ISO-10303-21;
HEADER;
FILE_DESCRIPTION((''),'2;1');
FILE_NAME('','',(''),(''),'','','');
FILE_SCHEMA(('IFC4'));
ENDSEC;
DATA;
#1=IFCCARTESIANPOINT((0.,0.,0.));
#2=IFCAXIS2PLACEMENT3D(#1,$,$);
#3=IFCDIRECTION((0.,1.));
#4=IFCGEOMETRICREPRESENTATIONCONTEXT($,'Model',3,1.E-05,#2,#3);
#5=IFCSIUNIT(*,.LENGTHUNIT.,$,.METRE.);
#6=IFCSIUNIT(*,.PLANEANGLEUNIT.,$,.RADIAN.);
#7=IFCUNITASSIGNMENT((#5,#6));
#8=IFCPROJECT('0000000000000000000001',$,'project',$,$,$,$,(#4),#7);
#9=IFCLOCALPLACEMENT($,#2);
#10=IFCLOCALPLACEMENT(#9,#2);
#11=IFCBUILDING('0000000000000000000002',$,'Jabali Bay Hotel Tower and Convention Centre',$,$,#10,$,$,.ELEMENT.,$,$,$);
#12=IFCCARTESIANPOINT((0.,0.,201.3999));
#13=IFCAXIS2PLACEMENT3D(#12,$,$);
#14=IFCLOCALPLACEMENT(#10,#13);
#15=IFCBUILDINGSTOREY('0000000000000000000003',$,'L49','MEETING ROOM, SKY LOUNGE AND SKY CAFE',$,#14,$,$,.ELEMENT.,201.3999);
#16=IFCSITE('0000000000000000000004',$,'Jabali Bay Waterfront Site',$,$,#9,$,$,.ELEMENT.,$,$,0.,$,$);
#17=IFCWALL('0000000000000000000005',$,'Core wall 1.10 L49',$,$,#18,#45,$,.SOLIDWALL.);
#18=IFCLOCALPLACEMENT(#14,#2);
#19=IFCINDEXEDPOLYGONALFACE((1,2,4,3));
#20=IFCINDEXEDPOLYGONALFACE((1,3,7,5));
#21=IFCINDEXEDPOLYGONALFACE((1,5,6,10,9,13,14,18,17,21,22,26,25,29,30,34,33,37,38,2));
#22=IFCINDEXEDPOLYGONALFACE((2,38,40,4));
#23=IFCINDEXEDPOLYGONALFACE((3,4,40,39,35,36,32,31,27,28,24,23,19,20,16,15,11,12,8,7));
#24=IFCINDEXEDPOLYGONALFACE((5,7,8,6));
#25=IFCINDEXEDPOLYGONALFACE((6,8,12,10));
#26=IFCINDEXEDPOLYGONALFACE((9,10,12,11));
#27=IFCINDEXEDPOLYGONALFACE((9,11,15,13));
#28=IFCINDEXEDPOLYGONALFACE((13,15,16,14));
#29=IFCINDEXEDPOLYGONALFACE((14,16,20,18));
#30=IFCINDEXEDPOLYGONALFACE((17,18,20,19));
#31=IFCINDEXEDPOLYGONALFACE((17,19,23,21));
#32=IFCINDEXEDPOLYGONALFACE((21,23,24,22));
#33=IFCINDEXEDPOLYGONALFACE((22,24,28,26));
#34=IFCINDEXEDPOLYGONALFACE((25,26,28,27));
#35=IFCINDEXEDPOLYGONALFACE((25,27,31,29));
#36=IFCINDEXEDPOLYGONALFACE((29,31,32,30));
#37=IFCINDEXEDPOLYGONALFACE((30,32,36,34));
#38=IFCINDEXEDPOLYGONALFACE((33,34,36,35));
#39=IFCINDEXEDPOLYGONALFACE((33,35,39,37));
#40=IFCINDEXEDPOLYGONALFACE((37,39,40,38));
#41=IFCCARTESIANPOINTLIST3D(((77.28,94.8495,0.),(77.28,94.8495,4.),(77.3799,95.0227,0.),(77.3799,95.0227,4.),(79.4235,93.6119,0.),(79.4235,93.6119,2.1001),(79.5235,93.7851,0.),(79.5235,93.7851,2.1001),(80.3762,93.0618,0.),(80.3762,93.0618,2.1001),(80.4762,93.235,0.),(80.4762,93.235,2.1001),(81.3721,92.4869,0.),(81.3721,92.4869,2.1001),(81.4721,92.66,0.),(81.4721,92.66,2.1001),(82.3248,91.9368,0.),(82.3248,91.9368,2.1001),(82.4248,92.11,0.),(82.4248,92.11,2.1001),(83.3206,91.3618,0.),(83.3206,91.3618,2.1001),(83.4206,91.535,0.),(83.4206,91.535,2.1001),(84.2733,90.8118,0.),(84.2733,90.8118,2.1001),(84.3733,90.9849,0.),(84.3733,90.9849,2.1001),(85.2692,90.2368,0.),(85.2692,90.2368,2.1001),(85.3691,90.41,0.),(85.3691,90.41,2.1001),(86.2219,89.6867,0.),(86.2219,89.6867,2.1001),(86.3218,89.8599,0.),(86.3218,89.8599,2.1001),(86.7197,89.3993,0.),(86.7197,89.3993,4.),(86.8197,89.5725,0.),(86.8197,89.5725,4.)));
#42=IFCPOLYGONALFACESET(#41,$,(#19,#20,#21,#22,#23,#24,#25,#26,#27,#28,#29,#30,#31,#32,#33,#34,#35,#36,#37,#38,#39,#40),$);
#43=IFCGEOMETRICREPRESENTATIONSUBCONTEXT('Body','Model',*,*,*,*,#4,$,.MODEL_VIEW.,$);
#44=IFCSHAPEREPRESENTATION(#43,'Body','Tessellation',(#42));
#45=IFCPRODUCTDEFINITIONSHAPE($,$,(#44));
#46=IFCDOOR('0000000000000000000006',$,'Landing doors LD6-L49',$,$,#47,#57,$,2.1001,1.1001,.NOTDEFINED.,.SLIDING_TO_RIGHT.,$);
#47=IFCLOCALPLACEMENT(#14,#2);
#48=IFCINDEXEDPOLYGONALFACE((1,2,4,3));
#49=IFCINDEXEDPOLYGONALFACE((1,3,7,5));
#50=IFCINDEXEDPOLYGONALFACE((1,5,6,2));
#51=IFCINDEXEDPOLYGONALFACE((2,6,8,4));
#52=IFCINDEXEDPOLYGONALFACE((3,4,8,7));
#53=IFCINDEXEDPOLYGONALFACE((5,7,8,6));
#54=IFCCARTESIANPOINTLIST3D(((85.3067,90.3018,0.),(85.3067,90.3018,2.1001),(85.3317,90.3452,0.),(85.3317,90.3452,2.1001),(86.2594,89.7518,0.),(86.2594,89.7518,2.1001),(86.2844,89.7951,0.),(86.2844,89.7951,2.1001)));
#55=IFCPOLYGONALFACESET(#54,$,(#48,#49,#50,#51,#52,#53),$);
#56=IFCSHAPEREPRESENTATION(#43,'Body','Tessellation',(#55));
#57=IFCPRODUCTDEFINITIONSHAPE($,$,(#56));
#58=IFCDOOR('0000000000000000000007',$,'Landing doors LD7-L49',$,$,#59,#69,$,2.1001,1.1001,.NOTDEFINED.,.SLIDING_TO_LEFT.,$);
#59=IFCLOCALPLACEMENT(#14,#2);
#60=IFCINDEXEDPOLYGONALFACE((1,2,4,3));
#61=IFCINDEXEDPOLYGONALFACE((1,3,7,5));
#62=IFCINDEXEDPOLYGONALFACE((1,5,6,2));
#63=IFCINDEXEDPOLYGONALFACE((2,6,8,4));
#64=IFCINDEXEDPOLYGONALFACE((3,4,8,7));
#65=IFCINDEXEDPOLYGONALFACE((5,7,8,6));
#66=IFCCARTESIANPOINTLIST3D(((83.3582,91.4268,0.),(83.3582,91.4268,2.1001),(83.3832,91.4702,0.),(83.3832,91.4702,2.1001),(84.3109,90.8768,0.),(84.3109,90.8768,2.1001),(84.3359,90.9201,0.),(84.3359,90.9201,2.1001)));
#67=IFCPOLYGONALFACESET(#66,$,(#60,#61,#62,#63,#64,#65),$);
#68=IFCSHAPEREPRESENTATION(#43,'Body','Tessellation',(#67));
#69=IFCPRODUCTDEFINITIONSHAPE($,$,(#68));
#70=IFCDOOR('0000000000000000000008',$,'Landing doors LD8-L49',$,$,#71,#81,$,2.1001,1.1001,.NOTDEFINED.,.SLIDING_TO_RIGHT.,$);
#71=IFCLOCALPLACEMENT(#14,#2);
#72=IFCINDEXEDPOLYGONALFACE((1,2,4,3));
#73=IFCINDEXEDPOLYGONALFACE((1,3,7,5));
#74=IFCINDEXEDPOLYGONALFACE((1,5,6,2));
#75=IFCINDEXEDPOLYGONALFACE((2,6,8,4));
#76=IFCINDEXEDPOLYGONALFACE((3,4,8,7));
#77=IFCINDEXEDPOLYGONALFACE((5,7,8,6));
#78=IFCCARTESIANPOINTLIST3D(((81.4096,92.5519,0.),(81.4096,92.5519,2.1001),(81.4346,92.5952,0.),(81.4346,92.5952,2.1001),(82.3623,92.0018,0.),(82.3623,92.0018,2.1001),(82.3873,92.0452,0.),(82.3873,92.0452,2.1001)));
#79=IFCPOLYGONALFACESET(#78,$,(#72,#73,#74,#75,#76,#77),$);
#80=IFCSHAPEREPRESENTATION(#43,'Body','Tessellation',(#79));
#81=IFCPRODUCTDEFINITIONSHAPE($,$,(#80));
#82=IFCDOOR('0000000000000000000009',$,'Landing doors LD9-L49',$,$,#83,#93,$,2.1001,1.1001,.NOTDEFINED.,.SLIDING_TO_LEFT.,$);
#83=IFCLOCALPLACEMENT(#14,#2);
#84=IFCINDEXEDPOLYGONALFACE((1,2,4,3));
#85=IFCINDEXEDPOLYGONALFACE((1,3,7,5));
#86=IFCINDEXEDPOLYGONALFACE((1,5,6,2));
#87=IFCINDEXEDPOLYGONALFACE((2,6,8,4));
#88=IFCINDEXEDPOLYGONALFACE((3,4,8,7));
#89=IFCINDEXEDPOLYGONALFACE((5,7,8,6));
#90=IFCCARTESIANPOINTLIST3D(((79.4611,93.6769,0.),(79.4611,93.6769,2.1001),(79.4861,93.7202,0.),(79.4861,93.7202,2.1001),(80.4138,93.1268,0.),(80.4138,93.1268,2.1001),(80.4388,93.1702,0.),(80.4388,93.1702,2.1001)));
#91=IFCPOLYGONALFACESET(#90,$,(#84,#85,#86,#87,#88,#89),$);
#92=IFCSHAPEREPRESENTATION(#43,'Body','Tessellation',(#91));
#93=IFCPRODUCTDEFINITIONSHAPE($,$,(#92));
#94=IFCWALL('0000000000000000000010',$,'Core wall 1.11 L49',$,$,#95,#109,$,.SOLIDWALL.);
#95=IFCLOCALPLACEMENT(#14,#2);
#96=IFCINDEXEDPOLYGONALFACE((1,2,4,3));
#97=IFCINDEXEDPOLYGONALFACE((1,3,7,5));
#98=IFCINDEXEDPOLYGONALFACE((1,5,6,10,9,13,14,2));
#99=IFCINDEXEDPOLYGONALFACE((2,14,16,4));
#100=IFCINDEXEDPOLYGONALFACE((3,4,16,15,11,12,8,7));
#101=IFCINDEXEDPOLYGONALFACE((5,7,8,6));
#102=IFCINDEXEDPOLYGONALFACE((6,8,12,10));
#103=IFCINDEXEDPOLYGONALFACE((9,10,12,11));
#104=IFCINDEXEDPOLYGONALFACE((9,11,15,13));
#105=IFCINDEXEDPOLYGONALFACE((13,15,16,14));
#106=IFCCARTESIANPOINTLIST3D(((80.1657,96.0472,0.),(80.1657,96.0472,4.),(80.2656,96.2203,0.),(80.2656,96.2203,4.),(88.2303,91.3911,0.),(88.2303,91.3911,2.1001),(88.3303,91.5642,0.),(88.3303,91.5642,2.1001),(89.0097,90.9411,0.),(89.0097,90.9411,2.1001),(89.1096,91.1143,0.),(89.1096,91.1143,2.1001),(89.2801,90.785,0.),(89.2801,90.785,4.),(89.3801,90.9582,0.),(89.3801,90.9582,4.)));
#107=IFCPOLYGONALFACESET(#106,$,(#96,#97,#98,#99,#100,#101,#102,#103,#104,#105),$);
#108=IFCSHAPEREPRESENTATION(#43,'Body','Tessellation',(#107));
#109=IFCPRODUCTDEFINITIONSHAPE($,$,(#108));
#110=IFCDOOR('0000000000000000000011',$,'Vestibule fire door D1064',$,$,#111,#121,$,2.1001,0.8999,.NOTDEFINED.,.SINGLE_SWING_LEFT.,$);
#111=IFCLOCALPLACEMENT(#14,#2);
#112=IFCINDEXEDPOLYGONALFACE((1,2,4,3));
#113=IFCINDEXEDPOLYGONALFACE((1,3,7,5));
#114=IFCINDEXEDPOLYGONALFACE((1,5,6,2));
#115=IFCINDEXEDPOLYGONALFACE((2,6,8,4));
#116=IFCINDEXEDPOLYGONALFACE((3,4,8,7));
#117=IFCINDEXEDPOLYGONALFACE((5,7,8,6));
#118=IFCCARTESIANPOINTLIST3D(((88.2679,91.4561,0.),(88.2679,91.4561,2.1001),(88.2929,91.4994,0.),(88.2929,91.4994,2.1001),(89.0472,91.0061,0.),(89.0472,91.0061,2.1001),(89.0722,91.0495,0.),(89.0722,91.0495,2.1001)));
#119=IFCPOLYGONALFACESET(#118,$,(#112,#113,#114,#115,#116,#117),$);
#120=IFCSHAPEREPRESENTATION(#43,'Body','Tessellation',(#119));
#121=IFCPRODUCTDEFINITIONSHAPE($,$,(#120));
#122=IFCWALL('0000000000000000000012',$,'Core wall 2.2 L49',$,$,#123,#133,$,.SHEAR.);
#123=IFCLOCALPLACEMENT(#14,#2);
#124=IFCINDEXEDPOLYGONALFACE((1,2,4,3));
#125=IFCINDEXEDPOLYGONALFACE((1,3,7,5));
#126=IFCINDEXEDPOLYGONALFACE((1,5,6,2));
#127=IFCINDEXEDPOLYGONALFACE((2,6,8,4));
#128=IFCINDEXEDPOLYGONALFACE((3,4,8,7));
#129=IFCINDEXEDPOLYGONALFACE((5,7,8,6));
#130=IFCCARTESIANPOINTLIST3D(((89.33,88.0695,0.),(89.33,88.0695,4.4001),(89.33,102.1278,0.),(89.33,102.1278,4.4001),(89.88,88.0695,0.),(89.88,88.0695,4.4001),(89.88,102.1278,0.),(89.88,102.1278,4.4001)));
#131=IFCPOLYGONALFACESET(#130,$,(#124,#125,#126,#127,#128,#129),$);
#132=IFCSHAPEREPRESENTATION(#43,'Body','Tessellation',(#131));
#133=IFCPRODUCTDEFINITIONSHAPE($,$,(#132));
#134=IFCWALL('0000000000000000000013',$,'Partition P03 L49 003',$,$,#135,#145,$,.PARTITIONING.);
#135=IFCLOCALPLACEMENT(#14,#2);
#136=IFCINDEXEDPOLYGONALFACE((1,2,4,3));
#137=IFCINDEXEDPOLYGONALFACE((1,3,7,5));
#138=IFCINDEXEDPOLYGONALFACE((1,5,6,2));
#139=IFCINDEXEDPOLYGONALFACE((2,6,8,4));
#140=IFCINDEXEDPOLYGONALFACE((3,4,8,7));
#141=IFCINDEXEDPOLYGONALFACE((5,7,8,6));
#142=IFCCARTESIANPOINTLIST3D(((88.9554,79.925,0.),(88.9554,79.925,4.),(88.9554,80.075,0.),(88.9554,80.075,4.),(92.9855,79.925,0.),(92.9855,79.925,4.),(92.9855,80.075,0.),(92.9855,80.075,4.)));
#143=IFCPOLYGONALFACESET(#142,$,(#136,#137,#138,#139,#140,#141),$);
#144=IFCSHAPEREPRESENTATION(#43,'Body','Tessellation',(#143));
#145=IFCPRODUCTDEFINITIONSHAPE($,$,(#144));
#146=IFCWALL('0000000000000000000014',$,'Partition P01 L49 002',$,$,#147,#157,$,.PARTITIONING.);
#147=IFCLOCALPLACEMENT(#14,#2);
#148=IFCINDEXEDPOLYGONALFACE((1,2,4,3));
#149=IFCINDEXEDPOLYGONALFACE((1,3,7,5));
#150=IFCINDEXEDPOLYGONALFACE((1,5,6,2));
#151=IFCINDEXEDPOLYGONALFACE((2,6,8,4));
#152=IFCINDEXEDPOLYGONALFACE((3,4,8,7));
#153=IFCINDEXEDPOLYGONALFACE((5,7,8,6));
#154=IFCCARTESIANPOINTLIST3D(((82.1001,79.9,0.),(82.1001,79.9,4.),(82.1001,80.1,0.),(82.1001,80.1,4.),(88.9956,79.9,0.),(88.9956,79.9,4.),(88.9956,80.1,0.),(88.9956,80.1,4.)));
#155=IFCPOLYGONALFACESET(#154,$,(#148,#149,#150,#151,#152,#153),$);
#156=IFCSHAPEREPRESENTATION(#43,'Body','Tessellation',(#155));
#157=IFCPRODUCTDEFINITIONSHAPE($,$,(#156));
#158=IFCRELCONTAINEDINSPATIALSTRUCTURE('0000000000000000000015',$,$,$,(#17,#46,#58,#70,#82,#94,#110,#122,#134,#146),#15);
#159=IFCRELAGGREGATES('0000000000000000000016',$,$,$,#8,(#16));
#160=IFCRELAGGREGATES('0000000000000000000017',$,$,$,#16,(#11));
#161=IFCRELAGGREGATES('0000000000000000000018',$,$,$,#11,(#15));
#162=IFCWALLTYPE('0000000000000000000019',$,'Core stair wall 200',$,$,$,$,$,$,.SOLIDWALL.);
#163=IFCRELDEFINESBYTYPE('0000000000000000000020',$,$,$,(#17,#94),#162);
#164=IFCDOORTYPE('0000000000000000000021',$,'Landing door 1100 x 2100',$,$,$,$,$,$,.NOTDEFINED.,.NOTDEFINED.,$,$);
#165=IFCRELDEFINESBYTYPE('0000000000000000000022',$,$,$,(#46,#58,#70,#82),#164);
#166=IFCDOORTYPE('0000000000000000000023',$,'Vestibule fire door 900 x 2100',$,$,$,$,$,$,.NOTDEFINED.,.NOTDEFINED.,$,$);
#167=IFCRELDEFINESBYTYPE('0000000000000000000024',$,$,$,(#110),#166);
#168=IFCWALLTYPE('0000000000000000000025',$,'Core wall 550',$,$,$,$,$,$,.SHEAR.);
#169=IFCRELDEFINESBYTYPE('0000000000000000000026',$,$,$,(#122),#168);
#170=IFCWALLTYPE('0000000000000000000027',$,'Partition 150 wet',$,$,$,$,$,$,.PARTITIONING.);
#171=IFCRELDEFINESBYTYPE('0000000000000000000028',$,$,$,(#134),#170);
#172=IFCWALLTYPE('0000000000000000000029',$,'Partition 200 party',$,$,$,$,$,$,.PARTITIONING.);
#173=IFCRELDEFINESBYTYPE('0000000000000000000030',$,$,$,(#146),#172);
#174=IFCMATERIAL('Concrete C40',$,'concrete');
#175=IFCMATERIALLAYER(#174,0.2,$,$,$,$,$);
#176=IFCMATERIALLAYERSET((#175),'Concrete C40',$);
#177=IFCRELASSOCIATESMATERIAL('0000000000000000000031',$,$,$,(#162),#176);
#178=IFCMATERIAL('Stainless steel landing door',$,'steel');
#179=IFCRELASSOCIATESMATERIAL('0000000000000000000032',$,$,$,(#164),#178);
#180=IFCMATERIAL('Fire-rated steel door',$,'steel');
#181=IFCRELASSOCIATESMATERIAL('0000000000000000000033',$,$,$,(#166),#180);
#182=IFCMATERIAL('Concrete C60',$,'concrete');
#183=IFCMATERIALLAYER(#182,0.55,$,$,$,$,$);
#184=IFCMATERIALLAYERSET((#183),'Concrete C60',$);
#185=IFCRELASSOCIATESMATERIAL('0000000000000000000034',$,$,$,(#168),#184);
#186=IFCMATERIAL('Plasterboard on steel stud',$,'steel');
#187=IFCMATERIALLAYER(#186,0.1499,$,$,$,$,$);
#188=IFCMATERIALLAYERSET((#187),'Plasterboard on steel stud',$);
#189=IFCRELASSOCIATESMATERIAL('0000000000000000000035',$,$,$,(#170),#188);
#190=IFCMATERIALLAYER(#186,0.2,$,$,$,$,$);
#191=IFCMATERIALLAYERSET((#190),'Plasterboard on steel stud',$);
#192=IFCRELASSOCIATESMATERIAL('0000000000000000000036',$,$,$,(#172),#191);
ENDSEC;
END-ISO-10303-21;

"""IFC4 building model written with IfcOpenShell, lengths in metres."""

from ifc_helpers import new_model, si_unit, direction, frame, frame_2d, origin, place, context, subcontext, project, spatial, rectangle, extrude, material, layer, layer_set, type_object, element, fill, save


model = new_model("IFC4")

# Units and contexts
model_context = context("Model", 3, precision=1e-05, world=origin(), true_north=direction((0.0, 1.0)))
body_context = subcontext(model_context, "Body", "Model", "MODEL_VIEW")
ifc_project = project(units=[si_unit("LENGTHUNIT", "METRE"), si_unit("PLANEANGLEUNIT", "RADIAN")], contexts=[model_context])

# Site, building, storey
site_placement = place(None, origin())
site = spatial("IfcSite", under=ifc_project, at=site_placement, Name="Jabali Bay Waterfront Site", CompositionType="ELEMENT", RefElevation=0.0)
building_placement = place(site_placement, origin())
building = spatial("IfcBuilding", under=site, at=building_placement, Name="Jabali Bay Hotel Tower and Convention Centre", CompositionType="ELEMENT")
storey_placement = place(building_placement, frame((0.0, 0.0, 201.3999)))
storey = spatial("IfcBuildingStorey", under=building, at=storey_placement, Name="L49", Description="MEETING ROOM, SKY LOUNGE AND SKY CAFE", CompositionType="ELEMENT", Elevation=201.3999)

# Shared definitions
ifc_material_1 = material(Name="Concrete C40", Category="concrete")
ifc_layer_1 = layer(ifc_material_1, 0.2)
ifc_layer_set_1 = layer_set([ifc_layer_1], Name="Concrete C40")
wall_type_1 = type_object("IfcWallType", Name="Core stair wall 200", PredefinedType="SOLIDWALL", material=ifc_layer_set_1)

# Wall, openings, doors
wall_1_placement = place(storey_placement, frame((86.7698, 89.4858, 0.0), z_axis=(0.0, 0.0, 1.0), x_axis=(-0.866018, 0.500013, 0.0)))
wall_1 = element("IfcWall", 1, at=wall_1_placement, inside=storey, type_object=wall_type_1, Name="Core wall 1.10 L49", PredefinedType="SOLIDWALL", context=body_context, shape_type="SweptSolid", body=[
    extrude(rectangle(XDim=10.9001, YDim=0.2, at=frame_2d((5.4502, 0.0))), origin(), (0.0, 0.0, 1.0), 4.0),
])
opening_1_placement = place(wall_1_placement, frame((0.575, 0.0, 0.0)))
opening_1 = element("IfcOpeningElement", 2, at=opening_1_placement, cuts=wall_1, PredefinedType="OPENING", context=body_context, shape_type="SweptSolid", body=[
    extrude(rectangle(XDim=1.1001, YDim=2.1001, at=frame_2d((0.55, 1.05))), frame((0.0, 0.1104, 0.0), z_axis=(0.0, -1.0, 0.0), x_axis=(1.0, 0.0, 0.0)), (0.0, 0.0, 1.0), 0.2209),
])
opening_2_placement = place(wall_1_placement, frame((2.825, 0.0, 0.0)))
opening_2 = element("IfcOpeningElement", 3, at=opening_2_placement, cuts=wall_1, PredefinedType="OPENING", context=body_context, shape_type="SweptSolid", body=[
    extrude(rectangle(XDim=1.1001, YDim=2.1001, at=frame_2d((0.55, 1.05))), frame((0.0, 0.1104, 0.0), z_axis=(0.0, -1.0, 0.0), x_axis=(1.0, 0.0, 0.0)), (0.0, 0.0, 1.0), 0.2209),
])
opening_3_placement = place(wall_1_placement, frame((5.075, 0.0, 0.0)))
opening_3 = element("IfcOpeningElement", 4, at=opening_3_placement, cuts=wall_1, PredefinedType="OPENING", context=body_context, shape_type="SweptSolid", body=[
    extrude(rectangle(XDim=1.1001, YDim=2.1001, at=frame_2d((0.55, 1.05))), frame((0.0, 0.1104, 0.0), z_axis=(0.0, -1.0, 0.0), x_axis=(1.0, 0.0, 0.0)), (0.0, 0.0, 1.0), 0.2209),
])
opening_4_placement = place(wall_1_placement, frame((7.325, 0.0, 0.0)))
opening_4 = element("IfcOpeningElement", 5, at=opening_4_placement, cuts=wall_1, PredefinedType="OPENING", context=body_context, shape_type="SweptSolid", body=[
    extrude(rectangle(XDim=1.1001, YDim=2.1001, at=frame_2d((0.55, 1.05))), frame((0.0, 0.1104, 0.0), z_axis=(0.0, -1.0, 0.0), x_axis=(1.0, 0.0, 0.0)), (0.0, 0.0, 1.0), 0.2209),
])
ifc_material_2 = material(Name="Stainless steel landing door", Category="steel")
door_type_1 = type_object("IfcDoorType", Name="Landing door 1100 x 2100", OperationType="NOTDEFINED", PredefinedType="NOTDEFINED", material=ifc_material_2)
door_1_placement = place(opening_1_placement, origin())
door_1 = element("IfcDoor", 6, at=door_1_placement, inside=storey, type_object=door_type_1, Name="Landing doors LD6-L49", OperationType="SLIDING_TO_RIGHT", OverallHeight=2.1001, OverallWidth=1.1001, PredefinedType="NOTDEFINED", context=body_context, shape_type="SweptSolid", body=[
    extrude(rectangle(XDim=1.1001, YDim=2.1001, at=frame_2d((0.55, 1.05))), frame((0.0, 0.0249, 0.0), z_axis=(0.0, -1.0, 0.0), x_axis=(1.0, 0.0, 0.0)), (0.0, 0.0, 1.0), 0.05),
])
fill(opening_1, door_1)
door_2_placement = place(opening_2_placement, origin())
door_2 = element("IfcDoor", 7, at=door_2_placement, inside=storey, type_object=door_type_1, Name="Landing doors LD7-L49", OperationType="SLIDING_TO_LEFT", OverallHeight=2.1001, OverallWidth=1.1001, PredefinedType="NOTDEFINED", context=body_context, shape_type="SweptSolid", body=[
    extrude(rectangle(XDim=1.1001, YDim=2.1001, at=frame_2d((0.55, 1.05))), frame((0.0, 0.0249, 0.0), z_axis=(0.0, -1.0, 0.0), x_axis=(1.0, 0.0, 0.0)), (0.0, 0.0, 1.0), 0.05),
])
fill(opening_2, door_2)
door_3_placement = place(opening_3_placement, origin())
door_3 = element("IfcDoor", 8, at=door_3_placement, inside=storey, type_object=door_type_1, Name="Landing doors LD8-L49", OperationType="SLIDING_TO_RIGHT", OverallHeight=2.1001, OverallWidth=1.1001, PredefinedType="NOTDEFINED", context=body_context, shape_type="SweptSolid", body=[
    extrude(rectangle(XDim=1.1001, YDim=2.1001, at=frame_2d((0.55, 1.05))), frame((0.0, 0.0249, 0.0), z_axis=(0.0, -1.0, 0.0), x_axis=(1.0, 0.0, 0.0)), (0.0, 0.0, 1.0), 0.05),
])
fill(opening_3, door_3)
door_4_placement = place(opening_4_placement, origin())
door_4 = element("IfcDoor", 9, at=door_4_placement, inside=storey, type_object=door_type_1, Name="Landing doors LD9-L49", OperationType="SLIDING_TO_LEFT", OverallHeight=2.1001, OverallWidth=1.1001, PredefinedType="NOTDEFINED", context=body_context, shape_type="SweptSolid", body=[
    extrude(rectangle(XDim=1.1001, YDim=2.1001, at=frame_2d((0.55, 1.05))), frame((0.0, 0.0249, 0.0), z_axis=(0.0, -1.0, 0.0), x_axis=(1.0, 0.0, 0.0)), (0.0, 0.0, 1.0), 0.05),
])
fill(opening_4, door_4)

# Wall, opening, door
wall_2_placement = place(storey_placement, frame((89.3301, 90.8716, 0.0), z_axis=(0.0, 0.0, 1.0), x_axis=(-0.866028, 0.499996, 0.0)))
wall_2 = element("IfcWall", 10, at=wall_2_placement, inside=storey, type_object=wall_type_1, Name="Core wall 1.11 L49", PredefinedType="SOLIDWALL", context=body_context, shape_type="SweptSolid", body=[
    extrude(rectangle(XDim=10.5244, YDim=0.2, at=frame_2d((5.2622, 0.0))), origin(), (0.0, 0.0, 1.0), 4.0),
])
opening_5_placement = place(wall_2_placement, frame((0.3123, 0.0, 0.0)))
opening_5 = element("IfcOpeningElement", 11, at=opening_5_placement, cuts=wall_2, PredefinedType="OPENING", context=body_context, shape_type="SweptSolid", body=[
    extrude(rectangle(XDim=0.8999, YDim=2.1001, at=frame_2d((0.45, 1.05))), frame((0.0, 0.1104, 0.0), z_axis=(0.0, -1.0, 0.0), x_axis=(1.0, 0.0, 0.0)), (0.0, 0.0, 1.0), 0.2209),
])
ifc_material_3 = material(Name="Fire-rated steel door", Category="steel")
door_type_2 = type_object("IfcDoorType", Name="Vestibule fire door 900 x 2100", OperationType="NOTDEFINED", PredefinedType="NOTDEFINED", material=ifc_material_3)
door_5_placement = place(opening_5_placement, origin())
door_5 = element("IfcDoor", 12, at=door_5_placement, inside=storey, type_object=door_type_2, Name="Vestibule fire door D1064", OperationType="SINGLE_SWING_LEFT", OverallHeight=2.1001, OverallWidth=0.8999, PredefinedType="NOTDEFINED", context=body_context, shape_type="SweptSolid", body=[
    extrude(rectangle(XDim=0.8999, YDim=2.1001, at=frame_2d((0.45, 1.05))), frame((0.0, 0.0249, 0.0), z_axis=(0.0, -1.0, 0.0), x_axis=(1.0, 0.0, 0.0)), (0.0, 0.0, 1.0), 0.05),
])
fill(opening_5, door_5)

# Walls
ifc_material_4 = material(Name="Concrete C60", Category="concrete")
ifc_layer_2 = layer(ifc_material_4, 0.55)
ifc_layer_set_2 = layer_set([ifc_layer_2], Name="Concrete C60")
wall_type_2 = type_object("IfcWallType", Name="Core wall 550", PredefinedType="SHEAR", material=ifc_layer_set_2)
wall_3_placement = place(storey_placement, frame((89.605, 88.0693, 0.0), z_axis=(0.0, 0.0, 1.0), x_axis=(0.0, 1.0, 0.0)))
element("IfcWall", 13, at=wall_3_placement, inside=storey, type_object=wall_type_2, Name="Core wall 2.2 L49", PredefinedType="SHEAR", context=body_context, shape_type="SweptSolid", body=[
    extrude(rectangle(XDim=14.0583, YDim=0.55, at=frame_2d((7.0293, 0.0))), origin(), (0.0, 0.0, 1.0), 4.4001),
])
ifc_material_5 = material(Name="Plasterboard on steel stud", Category="steel")
ifc_layer_3 = layer(ifc_material_5, 0.1499)
ifc_layer_set_3 = layer_set([ifc_layer_3], Name="Plasterboard on steel stud")
wall_type_3 = type_object("IfcWallType", Name="Partition 150 wet", PredefinedType="PARTITIONING", material=ifc_layer_set_3)
wall_4_placement = place(storey_placement, frame((92.9856, 80.0, 0.0), z_axis=(0.0, 0.0, 1.0), x_axis=(-1.0, 0.0, 0.0)))
element("IfcWall", 14, at=wall_4_placement, inside=storey, type_object=wall_type_3, Name="Partition P03 L49 003", PredefinedType="PARTITIONING", context=body_context, shape_type="SweptSolid", body=[
    extrude(rectangle(XDim=4.03, YDim=0.1499, at=frame_2d((2.0151, 0.0))), origin(), (0.0, 0.0, 1.0), 4.0),
])
ifc_layer_4 = layer(ifc_material_5, 0.2)
ifc_layer_set_4 = layer_set([ifc_layer_4], Name="Plasterboard on steel stud")
wall_type_4 = type_object("IfcWallType", Name="Partition 200 party", PredefinedType="PARTITIONING", material=ifc_layer_set_4)
wall_5_placement = place(storey_placement, frame((88.9956, 80.0, 0.0), z_axis=(0.0, 0.0, 1.0), x_axis=(-1.0, 0.0, 0.0)))
element("IfcWall", 15, at=wall_5_placement, inside=storey, type_object=wall_type_4, Name="Partition P01 L49 002", PredefinedType="PARTITIONING", context=body_context, shape_type="SweptSolid", body=[
    extrude(rectangle(XDim=6.8955, YDim=0.2, at=frame_2d((3.4478, 0.0))), origin(), (0.0, 0.0, 1.0), 4.0),
])

save(model, "model.ifc")
